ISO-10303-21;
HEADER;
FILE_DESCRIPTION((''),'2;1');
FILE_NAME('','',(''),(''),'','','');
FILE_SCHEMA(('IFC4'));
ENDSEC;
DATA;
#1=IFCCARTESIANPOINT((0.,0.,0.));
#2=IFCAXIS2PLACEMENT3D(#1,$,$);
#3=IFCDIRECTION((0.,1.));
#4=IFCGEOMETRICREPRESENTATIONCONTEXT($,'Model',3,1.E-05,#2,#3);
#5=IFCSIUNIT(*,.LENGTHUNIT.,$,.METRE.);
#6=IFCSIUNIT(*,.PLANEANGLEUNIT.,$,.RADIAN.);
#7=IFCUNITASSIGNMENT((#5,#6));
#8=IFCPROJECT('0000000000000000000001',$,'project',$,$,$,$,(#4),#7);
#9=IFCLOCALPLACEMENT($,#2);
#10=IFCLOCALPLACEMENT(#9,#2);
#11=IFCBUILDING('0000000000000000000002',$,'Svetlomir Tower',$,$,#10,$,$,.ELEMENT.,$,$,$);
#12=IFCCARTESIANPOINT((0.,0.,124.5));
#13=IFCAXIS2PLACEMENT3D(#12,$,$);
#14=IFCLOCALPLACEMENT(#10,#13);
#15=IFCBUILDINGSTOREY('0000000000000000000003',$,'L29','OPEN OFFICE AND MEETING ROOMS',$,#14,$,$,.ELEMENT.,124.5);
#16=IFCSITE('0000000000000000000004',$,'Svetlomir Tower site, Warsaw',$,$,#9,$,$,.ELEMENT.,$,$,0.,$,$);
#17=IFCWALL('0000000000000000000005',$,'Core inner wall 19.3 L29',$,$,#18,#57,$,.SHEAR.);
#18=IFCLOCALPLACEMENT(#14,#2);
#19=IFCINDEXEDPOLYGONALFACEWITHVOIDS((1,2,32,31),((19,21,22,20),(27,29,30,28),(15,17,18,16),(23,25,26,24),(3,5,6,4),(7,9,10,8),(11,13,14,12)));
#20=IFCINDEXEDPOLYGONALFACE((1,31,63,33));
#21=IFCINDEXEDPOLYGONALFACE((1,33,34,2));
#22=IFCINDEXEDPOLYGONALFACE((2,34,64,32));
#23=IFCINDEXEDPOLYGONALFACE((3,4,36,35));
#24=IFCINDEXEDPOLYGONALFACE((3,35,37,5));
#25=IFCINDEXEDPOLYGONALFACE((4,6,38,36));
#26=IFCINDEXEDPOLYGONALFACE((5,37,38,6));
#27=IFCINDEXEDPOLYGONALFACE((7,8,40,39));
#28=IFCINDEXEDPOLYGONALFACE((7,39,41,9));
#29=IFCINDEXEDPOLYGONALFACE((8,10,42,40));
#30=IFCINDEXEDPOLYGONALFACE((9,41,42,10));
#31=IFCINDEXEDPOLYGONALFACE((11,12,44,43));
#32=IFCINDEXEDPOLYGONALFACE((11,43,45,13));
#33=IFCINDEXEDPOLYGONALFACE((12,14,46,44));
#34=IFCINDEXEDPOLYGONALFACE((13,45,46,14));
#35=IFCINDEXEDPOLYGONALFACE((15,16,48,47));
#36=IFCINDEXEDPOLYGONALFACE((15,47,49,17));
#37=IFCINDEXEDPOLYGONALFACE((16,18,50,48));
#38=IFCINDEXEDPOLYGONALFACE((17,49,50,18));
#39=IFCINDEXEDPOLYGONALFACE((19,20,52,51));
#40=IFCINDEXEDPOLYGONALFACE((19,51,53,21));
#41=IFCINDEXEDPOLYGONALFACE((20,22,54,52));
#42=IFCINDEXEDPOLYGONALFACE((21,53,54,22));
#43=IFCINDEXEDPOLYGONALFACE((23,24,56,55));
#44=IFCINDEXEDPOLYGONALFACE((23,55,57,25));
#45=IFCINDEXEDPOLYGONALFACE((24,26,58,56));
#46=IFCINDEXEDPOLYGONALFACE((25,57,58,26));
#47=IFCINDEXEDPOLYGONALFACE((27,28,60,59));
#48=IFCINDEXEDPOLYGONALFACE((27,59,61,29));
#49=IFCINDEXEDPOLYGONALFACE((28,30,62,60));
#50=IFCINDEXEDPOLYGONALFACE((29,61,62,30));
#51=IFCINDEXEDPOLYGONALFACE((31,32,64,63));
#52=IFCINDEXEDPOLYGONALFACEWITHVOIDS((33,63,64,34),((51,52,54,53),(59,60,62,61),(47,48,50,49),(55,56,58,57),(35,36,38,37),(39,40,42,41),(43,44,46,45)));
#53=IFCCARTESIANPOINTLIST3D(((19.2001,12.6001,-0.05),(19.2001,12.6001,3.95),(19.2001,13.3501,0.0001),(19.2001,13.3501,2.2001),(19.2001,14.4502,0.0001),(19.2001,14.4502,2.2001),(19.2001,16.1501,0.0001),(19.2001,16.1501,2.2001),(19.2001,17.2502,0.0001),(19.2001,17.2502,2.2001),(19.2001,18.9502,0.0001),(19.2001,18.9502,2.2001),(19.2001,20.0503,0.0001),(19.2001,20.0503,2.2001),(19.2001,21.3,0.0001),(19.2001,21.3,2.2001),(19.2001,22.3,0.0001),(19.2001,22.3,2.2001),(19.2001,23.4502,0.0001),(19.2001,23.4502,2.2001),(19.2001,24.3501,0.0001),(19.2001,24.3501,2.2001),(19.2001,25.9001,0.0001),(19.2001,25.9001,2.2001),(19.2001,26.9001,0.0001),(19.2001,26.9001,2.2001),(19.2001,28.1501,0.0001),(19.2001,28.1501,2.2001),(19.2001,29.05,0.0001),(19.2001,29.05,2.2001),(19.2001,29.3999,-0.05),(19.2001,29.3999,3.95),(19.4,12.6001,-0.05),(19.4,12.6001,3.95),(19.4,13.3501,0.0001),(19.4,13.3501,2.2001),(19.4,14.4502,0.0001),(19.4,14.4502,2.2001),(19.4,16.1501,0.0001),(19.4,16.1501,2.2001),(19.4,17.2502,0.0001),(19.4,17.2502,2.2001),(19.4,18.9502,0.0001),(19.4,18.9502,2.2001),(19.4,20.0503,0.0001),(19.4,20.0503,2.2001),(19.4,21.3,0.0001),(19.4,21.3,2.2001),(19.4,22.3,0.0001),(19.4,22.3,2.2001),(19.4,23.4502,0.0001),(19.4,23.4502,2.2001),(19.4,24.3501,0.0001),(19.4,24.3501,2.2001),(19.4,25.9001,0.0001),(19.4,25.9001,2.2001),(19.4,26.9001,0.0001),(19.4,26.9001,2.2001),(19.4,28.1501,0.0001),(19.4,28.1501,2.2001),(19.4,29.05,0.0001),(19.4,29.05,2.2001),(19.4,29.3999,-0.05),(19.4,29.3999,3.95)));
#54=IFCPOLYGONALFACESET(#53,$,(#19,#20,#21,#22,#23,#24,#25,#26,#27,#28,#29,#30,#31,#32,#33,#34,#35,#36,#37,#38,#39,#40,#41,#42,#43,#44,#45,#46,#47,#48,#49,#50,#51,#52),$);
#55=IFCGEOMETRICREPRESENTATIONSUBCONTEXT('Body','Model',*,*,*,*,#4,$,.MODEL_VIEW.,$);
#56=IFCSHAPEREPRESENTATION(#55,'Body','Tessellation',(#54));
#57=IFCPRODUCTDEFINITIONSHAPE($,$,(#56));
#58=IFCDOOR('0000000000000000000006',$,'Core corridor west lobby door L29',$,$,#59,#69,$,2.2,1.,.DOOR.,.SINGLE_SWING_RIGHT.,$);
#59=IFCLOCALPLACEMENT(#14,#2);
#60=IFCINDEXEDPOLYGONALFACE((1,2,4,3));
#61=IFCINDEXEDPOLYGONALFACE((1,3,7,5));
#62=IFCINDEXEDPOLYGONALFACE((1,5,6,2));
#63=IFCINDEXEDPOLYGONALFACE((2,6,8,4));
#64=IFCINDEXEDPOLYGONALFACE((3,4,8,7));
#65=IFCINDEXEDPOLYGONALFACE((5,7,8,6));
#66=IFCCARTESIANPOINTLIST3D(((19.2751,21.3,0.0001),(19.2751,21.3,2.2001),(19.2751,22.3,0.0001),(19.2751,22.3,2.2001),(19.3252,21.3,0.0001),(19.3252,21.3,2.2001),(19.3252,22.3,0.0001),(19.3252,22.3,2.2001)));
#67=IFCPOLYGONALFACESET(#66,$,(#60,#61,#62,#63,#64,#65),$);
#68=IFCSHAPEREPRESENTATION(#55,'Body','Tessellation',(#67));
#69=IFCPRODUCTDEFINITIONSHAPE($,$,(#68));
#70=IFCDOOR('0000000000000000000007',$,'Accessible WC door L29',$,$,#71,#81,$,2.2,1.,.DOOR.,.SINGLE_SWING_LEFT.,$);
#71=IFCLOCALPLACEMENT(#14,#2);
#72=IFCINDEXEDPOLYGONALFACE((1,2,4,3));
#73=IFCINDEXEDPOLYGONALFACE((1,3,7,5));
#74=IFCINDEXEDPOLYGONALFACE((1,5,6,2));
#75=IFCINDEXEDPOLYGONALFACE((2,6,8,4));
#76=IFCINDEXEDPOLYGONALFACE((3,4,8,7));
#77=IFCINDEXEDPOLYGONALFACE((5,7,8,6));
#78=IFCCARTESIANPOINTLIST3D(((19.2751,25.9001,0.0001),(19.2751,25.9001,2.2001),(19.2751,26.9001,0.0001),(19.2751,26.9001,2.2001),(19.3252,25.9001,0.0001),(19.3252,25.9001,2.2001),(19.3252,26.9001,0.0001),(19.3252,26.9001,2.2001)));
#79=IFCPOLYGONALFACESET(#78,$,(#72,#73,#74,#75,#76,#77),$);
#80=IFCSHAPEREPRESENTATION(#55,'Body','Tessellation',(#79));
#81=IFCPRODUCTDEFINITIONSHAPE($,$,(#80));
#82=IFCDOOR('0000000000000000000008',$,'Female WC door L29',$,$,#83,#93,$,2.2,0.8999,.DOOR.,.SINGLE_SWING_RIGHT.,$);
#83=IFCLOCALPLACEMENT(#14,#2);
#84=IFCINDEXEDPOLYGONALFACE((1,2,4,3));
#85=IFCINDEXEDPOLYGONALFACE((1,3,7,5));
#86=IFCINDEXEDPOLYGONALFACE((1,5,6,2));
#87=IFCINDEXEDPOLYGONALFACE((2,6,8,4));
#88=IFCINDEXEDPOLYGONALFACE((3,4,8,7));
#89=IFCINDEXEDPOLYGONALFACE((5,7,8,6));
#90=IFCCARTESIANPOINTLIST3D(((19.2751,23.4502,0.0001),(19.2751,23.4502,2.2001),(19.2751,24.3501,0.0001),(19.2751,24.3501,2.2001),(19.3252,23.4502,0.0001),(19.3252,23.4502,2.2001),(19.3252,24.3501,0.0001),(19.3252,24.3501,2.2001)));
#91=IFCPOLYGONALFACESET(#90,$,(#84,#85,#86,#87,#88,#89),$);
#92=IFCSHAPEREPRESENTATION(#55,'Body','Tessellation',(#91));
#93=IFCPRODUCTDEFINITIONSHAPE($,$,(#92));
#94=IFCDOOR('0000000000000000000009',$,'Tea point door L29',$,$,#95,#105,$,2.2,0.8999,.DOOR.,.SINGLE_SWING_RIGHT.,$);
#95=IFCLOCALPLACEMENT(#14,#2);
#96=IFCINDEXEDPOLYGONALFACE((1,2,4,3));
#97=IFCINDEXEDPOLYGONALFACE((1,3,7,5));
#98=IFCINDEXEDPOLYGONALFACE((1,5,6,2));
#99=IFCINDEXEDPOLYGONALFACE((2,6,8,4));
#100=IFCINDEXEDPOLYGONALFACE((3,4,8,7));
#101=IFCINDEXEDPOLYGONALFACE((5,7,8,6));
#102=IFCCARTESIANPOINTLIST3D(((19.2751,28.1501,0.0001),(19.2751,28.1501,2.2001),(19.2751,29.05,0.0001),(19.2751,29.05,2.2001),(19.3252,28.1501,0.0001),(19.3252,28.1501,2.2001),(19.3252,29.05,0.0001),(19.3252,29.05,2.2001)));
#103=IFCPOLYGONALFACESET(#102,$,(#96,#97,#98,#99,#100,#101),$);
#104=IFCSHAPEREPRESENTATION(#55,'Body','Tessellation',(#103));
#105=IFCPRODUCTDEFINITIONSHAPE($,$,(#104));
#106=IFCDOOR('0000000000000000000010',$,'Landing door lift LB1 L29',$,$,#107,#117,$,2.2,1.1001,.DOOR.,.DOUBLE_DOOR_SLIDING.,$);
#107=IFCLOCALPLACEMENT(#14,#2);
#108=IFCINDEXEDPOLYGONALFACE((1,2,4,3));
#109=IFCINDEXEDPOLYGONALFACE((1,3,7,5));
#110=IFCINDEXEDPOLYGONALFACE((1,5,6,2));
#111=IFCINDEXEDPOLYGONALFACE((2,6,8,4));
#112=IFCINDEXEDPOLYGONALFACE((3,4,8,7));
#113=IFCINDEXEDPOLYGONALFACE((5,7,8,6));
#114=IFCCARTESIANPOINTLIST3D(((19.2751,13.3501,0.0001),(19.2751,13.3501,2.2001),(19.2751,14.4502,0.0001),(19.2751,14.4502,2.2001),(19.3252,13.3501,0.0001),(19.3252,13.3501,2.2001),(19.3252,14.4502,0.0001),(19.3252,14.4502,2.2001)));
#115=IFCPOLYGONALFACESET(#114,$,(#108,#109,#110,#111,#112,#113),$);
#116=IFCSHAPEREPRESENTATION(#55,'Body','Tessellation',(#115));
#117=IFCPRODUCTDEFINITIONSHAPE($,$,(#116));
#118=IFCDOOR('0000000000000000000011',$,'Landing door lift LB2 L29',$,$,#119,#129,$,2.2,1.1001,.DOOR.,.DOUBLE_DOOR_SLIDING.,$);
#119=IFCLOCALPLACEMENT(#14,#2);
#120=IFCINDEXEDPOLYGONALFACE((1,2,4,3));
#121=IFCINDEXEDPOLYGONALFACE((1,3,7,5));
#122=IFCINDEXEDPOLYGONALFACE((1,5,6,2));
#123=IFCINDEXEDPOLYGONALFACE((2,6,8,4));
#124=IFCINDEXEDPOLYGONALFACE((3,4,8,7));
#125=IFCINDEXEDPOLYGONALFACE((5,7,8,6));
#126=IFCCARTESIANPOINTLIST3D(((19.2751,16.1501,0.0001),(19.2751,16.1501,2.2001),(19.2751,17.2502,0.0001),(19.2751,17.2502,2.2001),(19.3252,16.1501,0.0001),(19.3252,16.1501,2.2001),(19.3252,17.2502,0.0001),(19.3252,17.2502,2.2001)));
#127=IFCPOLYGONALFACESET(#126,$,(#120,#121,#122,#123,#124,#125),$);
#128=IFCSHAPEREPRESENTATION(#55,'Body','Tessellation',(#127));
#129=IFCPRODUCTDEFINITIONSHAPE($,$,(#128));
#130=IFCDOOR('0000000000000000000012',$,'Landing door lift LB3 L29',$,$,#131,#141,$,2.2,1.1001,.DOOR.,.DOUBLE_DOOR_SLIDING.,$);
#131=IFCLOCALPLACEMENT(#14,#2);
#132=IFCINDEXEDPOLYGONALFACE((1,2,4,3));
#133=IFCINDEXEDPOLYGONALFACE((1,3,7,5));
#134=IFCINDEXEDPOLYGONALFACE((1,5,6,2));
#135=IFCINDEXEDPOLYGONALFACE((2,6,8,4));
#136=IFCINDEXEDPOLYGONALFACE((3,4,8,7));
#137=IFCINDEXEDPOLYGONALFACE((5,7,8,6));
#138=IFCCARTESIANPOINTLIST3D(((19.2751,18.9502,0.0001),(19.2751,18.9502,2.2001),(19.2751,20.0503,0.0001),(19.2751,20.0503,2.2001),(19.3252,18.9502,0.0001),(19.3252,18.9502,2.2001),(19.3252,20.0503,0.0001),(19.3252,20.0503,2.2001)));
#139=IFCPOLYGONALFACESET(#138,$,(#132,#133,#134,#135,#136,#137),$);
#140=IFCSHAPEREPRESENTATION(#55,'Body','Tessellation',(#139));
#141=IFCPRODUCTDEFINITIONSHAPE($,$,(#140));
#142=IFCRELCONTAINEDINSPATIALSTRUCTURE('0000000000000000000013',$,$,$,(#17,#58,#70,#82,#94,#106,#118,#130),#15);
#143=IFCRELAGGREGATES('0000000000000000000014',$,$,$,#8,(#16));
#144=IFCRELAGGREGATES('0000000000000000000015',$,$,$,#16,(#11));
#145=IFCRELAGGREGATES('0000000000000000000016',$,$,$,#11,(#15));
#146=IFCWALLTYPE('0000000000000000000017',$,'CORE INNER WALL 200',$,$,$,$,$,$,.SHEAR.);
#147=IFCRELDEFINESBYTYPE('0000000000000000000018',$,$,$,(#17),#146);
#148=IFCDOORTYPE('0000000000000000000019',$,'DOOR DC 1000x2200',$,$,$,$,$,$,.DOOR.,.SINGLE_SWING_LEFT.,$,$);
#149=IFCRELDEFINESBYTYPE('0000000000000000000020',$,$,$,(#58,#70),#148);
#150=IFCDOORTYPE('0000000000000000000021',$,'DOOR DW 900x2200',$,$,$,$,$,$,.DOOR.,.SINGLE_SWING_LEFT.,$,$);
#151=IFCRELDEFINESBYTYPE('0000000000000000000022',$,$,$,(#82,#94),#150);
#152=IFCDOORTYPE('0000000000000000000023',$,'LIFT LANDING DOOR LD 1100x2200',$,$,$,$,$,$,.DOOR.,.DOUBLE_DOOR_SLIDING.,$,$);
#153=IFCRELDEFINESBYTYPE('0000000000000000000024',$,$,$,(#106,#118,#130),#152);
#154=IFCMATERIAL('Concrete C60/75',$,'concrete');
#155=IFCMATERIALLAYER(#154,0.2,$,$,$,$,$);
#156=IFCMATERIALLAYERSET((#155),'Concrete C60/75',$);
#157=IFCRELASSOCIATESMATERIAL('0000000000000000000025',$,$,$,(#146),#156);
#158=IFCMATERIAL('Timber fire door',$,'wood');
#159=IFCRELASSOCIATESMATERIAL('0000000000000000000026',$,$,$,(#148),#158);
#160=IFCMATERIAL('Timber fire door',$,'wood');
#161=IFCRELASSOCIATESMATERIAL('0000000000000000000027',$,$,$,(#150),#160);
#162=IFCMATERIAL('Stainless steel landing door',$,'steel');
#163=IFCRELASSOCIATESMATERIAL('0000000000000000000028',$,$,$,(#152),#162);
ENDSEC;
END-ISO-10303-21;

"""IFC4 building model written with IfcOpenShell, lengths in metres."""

from ifc_helpers import new_model, si_unit, direction, frame, frame_2d, origin, place, context, subcontext, project, spatial, rectangle, extrude, material, layer, layer_set, type_object, element, fill, save


model = new_model("IFC4")

# Units and contexts
model_context = context("Model", 3, precision=1e-05, world=origin(), true_north=direction((0.0, 1.0)))
body_context = subcontext(model_context, "Body", "Model", "MODEL_VIEW")
ifc_project = project(units=[si_unit("LENGTHUNIT", "METRE"), si_unit("PLANEANGLEUNIT", "RADIAN")], contexts=[model_context])

# Site, building, storey
site_placement = place(None, origin())
site = spatial("IfcSite", under=ifc_project, at=site_placement, Name="Svetlomir Tower site, Warsaw", CompositionType="ELEMENT", RefElevation=0.0)
building_placement = place(site_placement, origin())
building = spatial("IfcBuilding", under=site, at=building_placement, Name="Svetlomir Tower", CompositionType="ELEMENT")
storey_placement = place(building_placement, frame((0.0, 0.0, 124.5)))
storey = spatial("IfcBuildingStorey", under=building, at=storey_placement, Name="L29", Description="OPEN OFFICE AND MEETING ROOMS", CompositionType="ELEMENT", Elevation=124.5)

# Wall, openings, doors
ifc_material_1 = material(Name="Concrete C60/75", Category="concrete")
ifc_layer_1 = layer(ifc_material_1, 0.2)
ifc_layer_set_1 = layer_set([ifc_layer_1], Name="Concrete C60/75")
wall_type_1 = type_object("IfcWallType", Name="CORE INNER WALL 200", PredefinedType="SHEAR", material=ifc_layer_set_1)
wall_1_placement = place(storey_placement, frame((19.3, 12.6001, -0.05), z_axis=(0.0, 0.0, 1.0), x_axis=(0.0, 1.0, 0.0)))
wall_1 = element("IfcWall", 1, at=wall_1_placement, inside=storey, type_object=wall_type_1, Name="Core inner wall 19.3 L29", PredefinedType="SHEAR", context=body_context, shape_type="SweptSolid", body=[
    extrude(rectangle(XDim=16.7998, YDim=0.2, at=frame_2d((8.3999, 0.0))), origin(), (0.0, 0.0, 1.0), 4.0),
])
opening_1_placement = place(wall_1_placement, frame((8.7, 0.0, 0.05)))
opening_1 = element("IfcOpeningElement", 2, at=opening_1_placement, cuts=wall_1, PredefinedType="OPENING", context=body_context, shape_type="SweptSolid", body=[
    extrude(rectangle(XDim=1.0, YDim=2.2, at=frame_2d((0.5, 1.1001))), frame((0.0, 0.1099, 0.0), z_axis=(0.0, -1.0, 0.0), x_axis=(1.0, 0.0, 0.0)), (0.0, 0.0, 1.0), 0.22),
])
opening_2_placement = place(wall_1_placement, frame((10.8501, 0.0, 0.05)))
opening_2 = element("IfcOpeningElement", 3, at=opening_2_placement, cuts=wall_1, PredefinedType="OPENING", context=body_context, shape_type="SweptSolid", body=[
    extrude(rectangle(XDim=0.8999, YDim=2.2, at=frame_2d((0.45, 1.1001))), frame((0.0, 0.1099, 0.0), z_axis=(0.0, -1.0, 0.0), x_axis=(1.0, 0.0, 0.0)), (0.0, 0.0, 1.0), 0.22),
])
opening_3_placement = place(wall_1_placement, frame((13.3, 0.0, 0.05)))
opening_3 = element("IfcOpeningElement", 4, at=opening_3_placement, cuts=wall_1, PredefinedType="OPENING", context=body_context, shape_type="SweptSolid", body=[
    extrude(rectangle(XDim=1.0, YDim=2.2, at=frame_2d((0.5, 1.1001))), frame((0.0, 0.1099, 0.0), z_axis=(0.0, -1.0, 0.0), x_axis=(1.0, 0.0, 0.0)), (0.0, 0.0, 1.0), 0.22),
])
opening_4_placement = place(wall_1_placement, frame((15.55, 0.0, 0.05)))
opening_4 = element("IfcOpeningElement", 5, at=opening_4_placement, cuts=wall_1, PredefinedType="OPENING", context=body_context, shape_type="SweptSolid", body=[
    extrude(rectangle(XDim=0.8999, YDim=2.2, at=frame_2d((0.45, 1.1001))), frame((0.0, 0.1099, 0.0), z_axis=(0.0, -1.0, 0.0), x_axis=(1.0, 0.0, 0.0)), (0.0, 0.0, 1.0), 0.22),
])
opening_5_placement = place(wall_1_placement, frame((0.75, 0.0, 0.05)))
opening_5 = element("IfcOpeningElement", 6, at=opening_5_placement, cuts=wall_1, PredefinedType="OPENING", context=body_context, shape_type="SweptSolid", body=[
    extrude(rectangle(XDim=1.1001, YDim=2.2, at=frame_2d((0.55, 1.1001))), frame((0.0, 0.1099, 0.0), z_axis=(0.0, -1.0, 0.0), x_axis=(1.0, 0.0, 0.0)), (0.0, 0.0, 1.0), 0.22),
])
opening_6_placement = place(wall_1_placement, frame((3.55, 0.0, 0.05)))
opening_6 = element("IfcOpeningElement", 7, at=opening_6_placement, cuts=wall_1, PredefinedType="OPENING", context=body_context, shape_type="SweptSolid", body=[
    extrude(rectangle(XDim=1.1001, YDim=2.2, at=frame_2d((0.55, 1.1001))), frame((0.0, 0.1099, 0.0), z_axis=(0.0, -1.0, 0.0), x_axis=(1.0, 0.0, 0.0)), (0.0, 0.0, 1.0), 0.22),
])
opening_7_placement = place(wall_1_placement, frame((6.3501, 0.0, 0.05)))
opening_7 = element("IfcOpeningElement", 8, at=opening_7_placement, cuts=wall_1, PredefinedType="OPENING", context=body_context, shape_type="SweptSolid", body=[
    extrude(rectangle(XDim=1.1001, YDim=2.2, at=frame_2d((0.55, 1.1001))), frame((0.0, 0.1099, 0.0), z_axis=(0.0, -1.0, 0.0), x_axis=(1.0, 0.0, 0.0)), (0.0, 0.0, 1.0), 0.22),
])
ifc_material_2 = material(Name="Timber fire door", Category="wood")
door_type_1 = type_object("IfcDoorType", Name="DOOR DC 1000x2200", OperationType="SINGLE_SWING_LEFT", PredefinedType="DOOR", material=ifc_material_2)
door_1_placement = place(opening_1_placement, origin())
door_1 = element("IfcDoor", 9, at=door_1_placement, inside=storey, type_object=door_type_1, Name="Core corridor west lobby door L29", OperationType="SINGLE_SWING_RIGHT", OverallHeight=2.2, OverallWidth=1.0, PredefinedType="DOOR", context=body_context, shape_type="SweptSolid", body=[
    extrude(rectangle(XDim=1.0, YDim=2.2, at=frame_2d((0.5, 1.1001))), frame((0.0, 0.0249, 0.0), z_axis=(0.0, -1.0, 0.0), x_axis=(1.0, 0.0, 0.0)), (0.0, 0.0, 1.0), 0.05),
])
fill(opening_1, door_1)
door_2_placement = place(opening_3_placement, origin())
door_2 = element("IfcDoor", 10, at=door_2_placement, inside=storey, type_object=door_type_1, Name="Accessible WC door L29", OperationType="SINGLE_SWING_LEFT", OverallHeight=2.2, OverallWidth=1.0, PredefinedType="DOOR", context=body_context, shape_type="SweptSolid", body=[
    extrude(rectangle(XDim=1.0, YDim=2.2, at=frame_2d((0.5, 1.1001))), frame((0.0, 0.0249, 0.0), z_axis=(0.0, -1.0, 0.0), x_axis=(1.0, 0.0, 0.0)), (0.0, 0.0, 1.0), 0.05),
])
fill(opening_3, door_2)
ifc_material_3 = material(Name="Timber fire door", Category="wood")
door_type_2 = type_object("IfcDoorType", Name="DOOR DW 900x2200", OperationType="SINGLE_SWING_LEFT", PredefinedType="DOOR", material=ifc_material_3)
door_3_placement = place(opening_2_placement, origin())
door_3 = element("IfcDoor", 11, at=door_3_placement, inside=storey, type_object=door_type_2, Name="Female WC door L29", OperationType="SINGLE_SWING_RIGHT", OverallHeight=2.2, OverallWidth=0.8999, PredefinedType="DOOR", context=body_context, shape_type="SweptSolid", body=[
    extrude(rectangle(XDim=0.8999, YDim=2.2, at=frame_2d((0.45, 1.1001))), frame((0.0, 0.0249, 0.0), z_axis=(0.0, -1.0, 0.0), x_axis=(1.0, 0.0, 0.0)), (0.0, 0.0, 1.0), 0.05),
])
fill(opening_2, door_3)
door_4_placement = place(opening_4_placement, origin())
door_4 = element("IfcDoor", 12, at=door_4_placement, inside=storey, type_object=door_type_2, Name="Tea point door L29", OperationType="SINGLE_SWING_RIGHT", OverallHeight=2.2, OverallWidth=0.8999, PredefinedType="DOOR", context=body_context, shape_type="SweptSolid", body=[
    extrude(rectangle(XDim=0.8999, YDim=2.2, at=frame_2d((0.45, 1.1001))), frame((0.0, 0.0249, 0.0), z_axis=(0.0, -1.0, 0.0), x_axis=(1.0, 0.0, 0.0)), (0.0, 0.0, 1.0), 0.05),
])
fill(opening_4, door_4)
ifc_material_4 = material(Name="Stainless steel landing door", Category="steel")
door_type_3 = type_object("IfcDoorType", Name="LIFT LANDING DOOR LD 1100x2200", OperationType="DOUBLE_DOOR_SLIDING", PredefinedType="DOOR", material=ifc_material_4)
door_5_placement = place(opening_5_placement, origin())
door_5 = element("IfcDoor", 13, at=door_5_placement, inside=storey, type_object=door_type_3, Name="Landing door lift LB1 L29", OperationType="DOUBLE_DOOR_SLIDING", OverallHeight=2.2, OverallWidth=1.1001, PredefinedType="DOOR", context=body_context, shape_type="SweptSolid", body=[
    extrude(rectangle(XDim=1.1001, YDim=2.2, at=frame_2d((0.55, 1.1001))), frame((0.0, 0.0249, 0.0), z_axis=(0.0, -1.0, 0.0), x_axis=(1.0, 0.0, 0.0)), (0.0, 0.0, 1.0), 0.05),
])
fill(opening_5, door_5)
door_6_placement = place(opening_6_placement, origin())
door_6 = element("IfcDoor", 14, at=door_6_placement, inside=storey, type_object=door_type_3, Name="Landing door lift LB2 L29", OperationType="DOUBLE_DOOR_SLIDING", OverallHeight=2.2, OverallWidth=1.1001, PredefinedType="DOOR", context=body_context, shape_type="SweptSolid", body=[
    extrude(rectangle(XDim=1.1001, YDim=2.2, at=frame_2d((0.55, 1.1001))), frame((0.0, 0.0249, 0.0), z_axis=(0.0, -1.0, 0.0), x_axis=(1.0, 0.0, 0.0)), (0.0, 0.0, 1.0), 0.05),
])
fill(opening_6, door_6)
door_7_placement = place(opening_7_placement, origin())
door_7 = element("IfcDoor", 15, at=door_7_placement, inside=storey, type_object=door_type_3, Name="Landing door lift LB3 L29", OperationType="DOUBLE_DOOR_SLIDING", OverallHeight=2.2, OverallWidth=1.1001, PredefinedType="DOOR", context=body_context, shape_type="SweptSolid", body=[
    extrude(rectangle(XDim=1.1001, YDim=2.2, at=frame_2d((0.55, 1.1001))), frame((0.0, 0.0249, 0.0), z_axis=(0.0, -1.0, 0.0), x_axis=(1.0, 0.0, 0.0)), (0.0, 0.0, 1.0), 0.05),
])
fill(opening_7, door_7)

save(model, "model.ifc")
